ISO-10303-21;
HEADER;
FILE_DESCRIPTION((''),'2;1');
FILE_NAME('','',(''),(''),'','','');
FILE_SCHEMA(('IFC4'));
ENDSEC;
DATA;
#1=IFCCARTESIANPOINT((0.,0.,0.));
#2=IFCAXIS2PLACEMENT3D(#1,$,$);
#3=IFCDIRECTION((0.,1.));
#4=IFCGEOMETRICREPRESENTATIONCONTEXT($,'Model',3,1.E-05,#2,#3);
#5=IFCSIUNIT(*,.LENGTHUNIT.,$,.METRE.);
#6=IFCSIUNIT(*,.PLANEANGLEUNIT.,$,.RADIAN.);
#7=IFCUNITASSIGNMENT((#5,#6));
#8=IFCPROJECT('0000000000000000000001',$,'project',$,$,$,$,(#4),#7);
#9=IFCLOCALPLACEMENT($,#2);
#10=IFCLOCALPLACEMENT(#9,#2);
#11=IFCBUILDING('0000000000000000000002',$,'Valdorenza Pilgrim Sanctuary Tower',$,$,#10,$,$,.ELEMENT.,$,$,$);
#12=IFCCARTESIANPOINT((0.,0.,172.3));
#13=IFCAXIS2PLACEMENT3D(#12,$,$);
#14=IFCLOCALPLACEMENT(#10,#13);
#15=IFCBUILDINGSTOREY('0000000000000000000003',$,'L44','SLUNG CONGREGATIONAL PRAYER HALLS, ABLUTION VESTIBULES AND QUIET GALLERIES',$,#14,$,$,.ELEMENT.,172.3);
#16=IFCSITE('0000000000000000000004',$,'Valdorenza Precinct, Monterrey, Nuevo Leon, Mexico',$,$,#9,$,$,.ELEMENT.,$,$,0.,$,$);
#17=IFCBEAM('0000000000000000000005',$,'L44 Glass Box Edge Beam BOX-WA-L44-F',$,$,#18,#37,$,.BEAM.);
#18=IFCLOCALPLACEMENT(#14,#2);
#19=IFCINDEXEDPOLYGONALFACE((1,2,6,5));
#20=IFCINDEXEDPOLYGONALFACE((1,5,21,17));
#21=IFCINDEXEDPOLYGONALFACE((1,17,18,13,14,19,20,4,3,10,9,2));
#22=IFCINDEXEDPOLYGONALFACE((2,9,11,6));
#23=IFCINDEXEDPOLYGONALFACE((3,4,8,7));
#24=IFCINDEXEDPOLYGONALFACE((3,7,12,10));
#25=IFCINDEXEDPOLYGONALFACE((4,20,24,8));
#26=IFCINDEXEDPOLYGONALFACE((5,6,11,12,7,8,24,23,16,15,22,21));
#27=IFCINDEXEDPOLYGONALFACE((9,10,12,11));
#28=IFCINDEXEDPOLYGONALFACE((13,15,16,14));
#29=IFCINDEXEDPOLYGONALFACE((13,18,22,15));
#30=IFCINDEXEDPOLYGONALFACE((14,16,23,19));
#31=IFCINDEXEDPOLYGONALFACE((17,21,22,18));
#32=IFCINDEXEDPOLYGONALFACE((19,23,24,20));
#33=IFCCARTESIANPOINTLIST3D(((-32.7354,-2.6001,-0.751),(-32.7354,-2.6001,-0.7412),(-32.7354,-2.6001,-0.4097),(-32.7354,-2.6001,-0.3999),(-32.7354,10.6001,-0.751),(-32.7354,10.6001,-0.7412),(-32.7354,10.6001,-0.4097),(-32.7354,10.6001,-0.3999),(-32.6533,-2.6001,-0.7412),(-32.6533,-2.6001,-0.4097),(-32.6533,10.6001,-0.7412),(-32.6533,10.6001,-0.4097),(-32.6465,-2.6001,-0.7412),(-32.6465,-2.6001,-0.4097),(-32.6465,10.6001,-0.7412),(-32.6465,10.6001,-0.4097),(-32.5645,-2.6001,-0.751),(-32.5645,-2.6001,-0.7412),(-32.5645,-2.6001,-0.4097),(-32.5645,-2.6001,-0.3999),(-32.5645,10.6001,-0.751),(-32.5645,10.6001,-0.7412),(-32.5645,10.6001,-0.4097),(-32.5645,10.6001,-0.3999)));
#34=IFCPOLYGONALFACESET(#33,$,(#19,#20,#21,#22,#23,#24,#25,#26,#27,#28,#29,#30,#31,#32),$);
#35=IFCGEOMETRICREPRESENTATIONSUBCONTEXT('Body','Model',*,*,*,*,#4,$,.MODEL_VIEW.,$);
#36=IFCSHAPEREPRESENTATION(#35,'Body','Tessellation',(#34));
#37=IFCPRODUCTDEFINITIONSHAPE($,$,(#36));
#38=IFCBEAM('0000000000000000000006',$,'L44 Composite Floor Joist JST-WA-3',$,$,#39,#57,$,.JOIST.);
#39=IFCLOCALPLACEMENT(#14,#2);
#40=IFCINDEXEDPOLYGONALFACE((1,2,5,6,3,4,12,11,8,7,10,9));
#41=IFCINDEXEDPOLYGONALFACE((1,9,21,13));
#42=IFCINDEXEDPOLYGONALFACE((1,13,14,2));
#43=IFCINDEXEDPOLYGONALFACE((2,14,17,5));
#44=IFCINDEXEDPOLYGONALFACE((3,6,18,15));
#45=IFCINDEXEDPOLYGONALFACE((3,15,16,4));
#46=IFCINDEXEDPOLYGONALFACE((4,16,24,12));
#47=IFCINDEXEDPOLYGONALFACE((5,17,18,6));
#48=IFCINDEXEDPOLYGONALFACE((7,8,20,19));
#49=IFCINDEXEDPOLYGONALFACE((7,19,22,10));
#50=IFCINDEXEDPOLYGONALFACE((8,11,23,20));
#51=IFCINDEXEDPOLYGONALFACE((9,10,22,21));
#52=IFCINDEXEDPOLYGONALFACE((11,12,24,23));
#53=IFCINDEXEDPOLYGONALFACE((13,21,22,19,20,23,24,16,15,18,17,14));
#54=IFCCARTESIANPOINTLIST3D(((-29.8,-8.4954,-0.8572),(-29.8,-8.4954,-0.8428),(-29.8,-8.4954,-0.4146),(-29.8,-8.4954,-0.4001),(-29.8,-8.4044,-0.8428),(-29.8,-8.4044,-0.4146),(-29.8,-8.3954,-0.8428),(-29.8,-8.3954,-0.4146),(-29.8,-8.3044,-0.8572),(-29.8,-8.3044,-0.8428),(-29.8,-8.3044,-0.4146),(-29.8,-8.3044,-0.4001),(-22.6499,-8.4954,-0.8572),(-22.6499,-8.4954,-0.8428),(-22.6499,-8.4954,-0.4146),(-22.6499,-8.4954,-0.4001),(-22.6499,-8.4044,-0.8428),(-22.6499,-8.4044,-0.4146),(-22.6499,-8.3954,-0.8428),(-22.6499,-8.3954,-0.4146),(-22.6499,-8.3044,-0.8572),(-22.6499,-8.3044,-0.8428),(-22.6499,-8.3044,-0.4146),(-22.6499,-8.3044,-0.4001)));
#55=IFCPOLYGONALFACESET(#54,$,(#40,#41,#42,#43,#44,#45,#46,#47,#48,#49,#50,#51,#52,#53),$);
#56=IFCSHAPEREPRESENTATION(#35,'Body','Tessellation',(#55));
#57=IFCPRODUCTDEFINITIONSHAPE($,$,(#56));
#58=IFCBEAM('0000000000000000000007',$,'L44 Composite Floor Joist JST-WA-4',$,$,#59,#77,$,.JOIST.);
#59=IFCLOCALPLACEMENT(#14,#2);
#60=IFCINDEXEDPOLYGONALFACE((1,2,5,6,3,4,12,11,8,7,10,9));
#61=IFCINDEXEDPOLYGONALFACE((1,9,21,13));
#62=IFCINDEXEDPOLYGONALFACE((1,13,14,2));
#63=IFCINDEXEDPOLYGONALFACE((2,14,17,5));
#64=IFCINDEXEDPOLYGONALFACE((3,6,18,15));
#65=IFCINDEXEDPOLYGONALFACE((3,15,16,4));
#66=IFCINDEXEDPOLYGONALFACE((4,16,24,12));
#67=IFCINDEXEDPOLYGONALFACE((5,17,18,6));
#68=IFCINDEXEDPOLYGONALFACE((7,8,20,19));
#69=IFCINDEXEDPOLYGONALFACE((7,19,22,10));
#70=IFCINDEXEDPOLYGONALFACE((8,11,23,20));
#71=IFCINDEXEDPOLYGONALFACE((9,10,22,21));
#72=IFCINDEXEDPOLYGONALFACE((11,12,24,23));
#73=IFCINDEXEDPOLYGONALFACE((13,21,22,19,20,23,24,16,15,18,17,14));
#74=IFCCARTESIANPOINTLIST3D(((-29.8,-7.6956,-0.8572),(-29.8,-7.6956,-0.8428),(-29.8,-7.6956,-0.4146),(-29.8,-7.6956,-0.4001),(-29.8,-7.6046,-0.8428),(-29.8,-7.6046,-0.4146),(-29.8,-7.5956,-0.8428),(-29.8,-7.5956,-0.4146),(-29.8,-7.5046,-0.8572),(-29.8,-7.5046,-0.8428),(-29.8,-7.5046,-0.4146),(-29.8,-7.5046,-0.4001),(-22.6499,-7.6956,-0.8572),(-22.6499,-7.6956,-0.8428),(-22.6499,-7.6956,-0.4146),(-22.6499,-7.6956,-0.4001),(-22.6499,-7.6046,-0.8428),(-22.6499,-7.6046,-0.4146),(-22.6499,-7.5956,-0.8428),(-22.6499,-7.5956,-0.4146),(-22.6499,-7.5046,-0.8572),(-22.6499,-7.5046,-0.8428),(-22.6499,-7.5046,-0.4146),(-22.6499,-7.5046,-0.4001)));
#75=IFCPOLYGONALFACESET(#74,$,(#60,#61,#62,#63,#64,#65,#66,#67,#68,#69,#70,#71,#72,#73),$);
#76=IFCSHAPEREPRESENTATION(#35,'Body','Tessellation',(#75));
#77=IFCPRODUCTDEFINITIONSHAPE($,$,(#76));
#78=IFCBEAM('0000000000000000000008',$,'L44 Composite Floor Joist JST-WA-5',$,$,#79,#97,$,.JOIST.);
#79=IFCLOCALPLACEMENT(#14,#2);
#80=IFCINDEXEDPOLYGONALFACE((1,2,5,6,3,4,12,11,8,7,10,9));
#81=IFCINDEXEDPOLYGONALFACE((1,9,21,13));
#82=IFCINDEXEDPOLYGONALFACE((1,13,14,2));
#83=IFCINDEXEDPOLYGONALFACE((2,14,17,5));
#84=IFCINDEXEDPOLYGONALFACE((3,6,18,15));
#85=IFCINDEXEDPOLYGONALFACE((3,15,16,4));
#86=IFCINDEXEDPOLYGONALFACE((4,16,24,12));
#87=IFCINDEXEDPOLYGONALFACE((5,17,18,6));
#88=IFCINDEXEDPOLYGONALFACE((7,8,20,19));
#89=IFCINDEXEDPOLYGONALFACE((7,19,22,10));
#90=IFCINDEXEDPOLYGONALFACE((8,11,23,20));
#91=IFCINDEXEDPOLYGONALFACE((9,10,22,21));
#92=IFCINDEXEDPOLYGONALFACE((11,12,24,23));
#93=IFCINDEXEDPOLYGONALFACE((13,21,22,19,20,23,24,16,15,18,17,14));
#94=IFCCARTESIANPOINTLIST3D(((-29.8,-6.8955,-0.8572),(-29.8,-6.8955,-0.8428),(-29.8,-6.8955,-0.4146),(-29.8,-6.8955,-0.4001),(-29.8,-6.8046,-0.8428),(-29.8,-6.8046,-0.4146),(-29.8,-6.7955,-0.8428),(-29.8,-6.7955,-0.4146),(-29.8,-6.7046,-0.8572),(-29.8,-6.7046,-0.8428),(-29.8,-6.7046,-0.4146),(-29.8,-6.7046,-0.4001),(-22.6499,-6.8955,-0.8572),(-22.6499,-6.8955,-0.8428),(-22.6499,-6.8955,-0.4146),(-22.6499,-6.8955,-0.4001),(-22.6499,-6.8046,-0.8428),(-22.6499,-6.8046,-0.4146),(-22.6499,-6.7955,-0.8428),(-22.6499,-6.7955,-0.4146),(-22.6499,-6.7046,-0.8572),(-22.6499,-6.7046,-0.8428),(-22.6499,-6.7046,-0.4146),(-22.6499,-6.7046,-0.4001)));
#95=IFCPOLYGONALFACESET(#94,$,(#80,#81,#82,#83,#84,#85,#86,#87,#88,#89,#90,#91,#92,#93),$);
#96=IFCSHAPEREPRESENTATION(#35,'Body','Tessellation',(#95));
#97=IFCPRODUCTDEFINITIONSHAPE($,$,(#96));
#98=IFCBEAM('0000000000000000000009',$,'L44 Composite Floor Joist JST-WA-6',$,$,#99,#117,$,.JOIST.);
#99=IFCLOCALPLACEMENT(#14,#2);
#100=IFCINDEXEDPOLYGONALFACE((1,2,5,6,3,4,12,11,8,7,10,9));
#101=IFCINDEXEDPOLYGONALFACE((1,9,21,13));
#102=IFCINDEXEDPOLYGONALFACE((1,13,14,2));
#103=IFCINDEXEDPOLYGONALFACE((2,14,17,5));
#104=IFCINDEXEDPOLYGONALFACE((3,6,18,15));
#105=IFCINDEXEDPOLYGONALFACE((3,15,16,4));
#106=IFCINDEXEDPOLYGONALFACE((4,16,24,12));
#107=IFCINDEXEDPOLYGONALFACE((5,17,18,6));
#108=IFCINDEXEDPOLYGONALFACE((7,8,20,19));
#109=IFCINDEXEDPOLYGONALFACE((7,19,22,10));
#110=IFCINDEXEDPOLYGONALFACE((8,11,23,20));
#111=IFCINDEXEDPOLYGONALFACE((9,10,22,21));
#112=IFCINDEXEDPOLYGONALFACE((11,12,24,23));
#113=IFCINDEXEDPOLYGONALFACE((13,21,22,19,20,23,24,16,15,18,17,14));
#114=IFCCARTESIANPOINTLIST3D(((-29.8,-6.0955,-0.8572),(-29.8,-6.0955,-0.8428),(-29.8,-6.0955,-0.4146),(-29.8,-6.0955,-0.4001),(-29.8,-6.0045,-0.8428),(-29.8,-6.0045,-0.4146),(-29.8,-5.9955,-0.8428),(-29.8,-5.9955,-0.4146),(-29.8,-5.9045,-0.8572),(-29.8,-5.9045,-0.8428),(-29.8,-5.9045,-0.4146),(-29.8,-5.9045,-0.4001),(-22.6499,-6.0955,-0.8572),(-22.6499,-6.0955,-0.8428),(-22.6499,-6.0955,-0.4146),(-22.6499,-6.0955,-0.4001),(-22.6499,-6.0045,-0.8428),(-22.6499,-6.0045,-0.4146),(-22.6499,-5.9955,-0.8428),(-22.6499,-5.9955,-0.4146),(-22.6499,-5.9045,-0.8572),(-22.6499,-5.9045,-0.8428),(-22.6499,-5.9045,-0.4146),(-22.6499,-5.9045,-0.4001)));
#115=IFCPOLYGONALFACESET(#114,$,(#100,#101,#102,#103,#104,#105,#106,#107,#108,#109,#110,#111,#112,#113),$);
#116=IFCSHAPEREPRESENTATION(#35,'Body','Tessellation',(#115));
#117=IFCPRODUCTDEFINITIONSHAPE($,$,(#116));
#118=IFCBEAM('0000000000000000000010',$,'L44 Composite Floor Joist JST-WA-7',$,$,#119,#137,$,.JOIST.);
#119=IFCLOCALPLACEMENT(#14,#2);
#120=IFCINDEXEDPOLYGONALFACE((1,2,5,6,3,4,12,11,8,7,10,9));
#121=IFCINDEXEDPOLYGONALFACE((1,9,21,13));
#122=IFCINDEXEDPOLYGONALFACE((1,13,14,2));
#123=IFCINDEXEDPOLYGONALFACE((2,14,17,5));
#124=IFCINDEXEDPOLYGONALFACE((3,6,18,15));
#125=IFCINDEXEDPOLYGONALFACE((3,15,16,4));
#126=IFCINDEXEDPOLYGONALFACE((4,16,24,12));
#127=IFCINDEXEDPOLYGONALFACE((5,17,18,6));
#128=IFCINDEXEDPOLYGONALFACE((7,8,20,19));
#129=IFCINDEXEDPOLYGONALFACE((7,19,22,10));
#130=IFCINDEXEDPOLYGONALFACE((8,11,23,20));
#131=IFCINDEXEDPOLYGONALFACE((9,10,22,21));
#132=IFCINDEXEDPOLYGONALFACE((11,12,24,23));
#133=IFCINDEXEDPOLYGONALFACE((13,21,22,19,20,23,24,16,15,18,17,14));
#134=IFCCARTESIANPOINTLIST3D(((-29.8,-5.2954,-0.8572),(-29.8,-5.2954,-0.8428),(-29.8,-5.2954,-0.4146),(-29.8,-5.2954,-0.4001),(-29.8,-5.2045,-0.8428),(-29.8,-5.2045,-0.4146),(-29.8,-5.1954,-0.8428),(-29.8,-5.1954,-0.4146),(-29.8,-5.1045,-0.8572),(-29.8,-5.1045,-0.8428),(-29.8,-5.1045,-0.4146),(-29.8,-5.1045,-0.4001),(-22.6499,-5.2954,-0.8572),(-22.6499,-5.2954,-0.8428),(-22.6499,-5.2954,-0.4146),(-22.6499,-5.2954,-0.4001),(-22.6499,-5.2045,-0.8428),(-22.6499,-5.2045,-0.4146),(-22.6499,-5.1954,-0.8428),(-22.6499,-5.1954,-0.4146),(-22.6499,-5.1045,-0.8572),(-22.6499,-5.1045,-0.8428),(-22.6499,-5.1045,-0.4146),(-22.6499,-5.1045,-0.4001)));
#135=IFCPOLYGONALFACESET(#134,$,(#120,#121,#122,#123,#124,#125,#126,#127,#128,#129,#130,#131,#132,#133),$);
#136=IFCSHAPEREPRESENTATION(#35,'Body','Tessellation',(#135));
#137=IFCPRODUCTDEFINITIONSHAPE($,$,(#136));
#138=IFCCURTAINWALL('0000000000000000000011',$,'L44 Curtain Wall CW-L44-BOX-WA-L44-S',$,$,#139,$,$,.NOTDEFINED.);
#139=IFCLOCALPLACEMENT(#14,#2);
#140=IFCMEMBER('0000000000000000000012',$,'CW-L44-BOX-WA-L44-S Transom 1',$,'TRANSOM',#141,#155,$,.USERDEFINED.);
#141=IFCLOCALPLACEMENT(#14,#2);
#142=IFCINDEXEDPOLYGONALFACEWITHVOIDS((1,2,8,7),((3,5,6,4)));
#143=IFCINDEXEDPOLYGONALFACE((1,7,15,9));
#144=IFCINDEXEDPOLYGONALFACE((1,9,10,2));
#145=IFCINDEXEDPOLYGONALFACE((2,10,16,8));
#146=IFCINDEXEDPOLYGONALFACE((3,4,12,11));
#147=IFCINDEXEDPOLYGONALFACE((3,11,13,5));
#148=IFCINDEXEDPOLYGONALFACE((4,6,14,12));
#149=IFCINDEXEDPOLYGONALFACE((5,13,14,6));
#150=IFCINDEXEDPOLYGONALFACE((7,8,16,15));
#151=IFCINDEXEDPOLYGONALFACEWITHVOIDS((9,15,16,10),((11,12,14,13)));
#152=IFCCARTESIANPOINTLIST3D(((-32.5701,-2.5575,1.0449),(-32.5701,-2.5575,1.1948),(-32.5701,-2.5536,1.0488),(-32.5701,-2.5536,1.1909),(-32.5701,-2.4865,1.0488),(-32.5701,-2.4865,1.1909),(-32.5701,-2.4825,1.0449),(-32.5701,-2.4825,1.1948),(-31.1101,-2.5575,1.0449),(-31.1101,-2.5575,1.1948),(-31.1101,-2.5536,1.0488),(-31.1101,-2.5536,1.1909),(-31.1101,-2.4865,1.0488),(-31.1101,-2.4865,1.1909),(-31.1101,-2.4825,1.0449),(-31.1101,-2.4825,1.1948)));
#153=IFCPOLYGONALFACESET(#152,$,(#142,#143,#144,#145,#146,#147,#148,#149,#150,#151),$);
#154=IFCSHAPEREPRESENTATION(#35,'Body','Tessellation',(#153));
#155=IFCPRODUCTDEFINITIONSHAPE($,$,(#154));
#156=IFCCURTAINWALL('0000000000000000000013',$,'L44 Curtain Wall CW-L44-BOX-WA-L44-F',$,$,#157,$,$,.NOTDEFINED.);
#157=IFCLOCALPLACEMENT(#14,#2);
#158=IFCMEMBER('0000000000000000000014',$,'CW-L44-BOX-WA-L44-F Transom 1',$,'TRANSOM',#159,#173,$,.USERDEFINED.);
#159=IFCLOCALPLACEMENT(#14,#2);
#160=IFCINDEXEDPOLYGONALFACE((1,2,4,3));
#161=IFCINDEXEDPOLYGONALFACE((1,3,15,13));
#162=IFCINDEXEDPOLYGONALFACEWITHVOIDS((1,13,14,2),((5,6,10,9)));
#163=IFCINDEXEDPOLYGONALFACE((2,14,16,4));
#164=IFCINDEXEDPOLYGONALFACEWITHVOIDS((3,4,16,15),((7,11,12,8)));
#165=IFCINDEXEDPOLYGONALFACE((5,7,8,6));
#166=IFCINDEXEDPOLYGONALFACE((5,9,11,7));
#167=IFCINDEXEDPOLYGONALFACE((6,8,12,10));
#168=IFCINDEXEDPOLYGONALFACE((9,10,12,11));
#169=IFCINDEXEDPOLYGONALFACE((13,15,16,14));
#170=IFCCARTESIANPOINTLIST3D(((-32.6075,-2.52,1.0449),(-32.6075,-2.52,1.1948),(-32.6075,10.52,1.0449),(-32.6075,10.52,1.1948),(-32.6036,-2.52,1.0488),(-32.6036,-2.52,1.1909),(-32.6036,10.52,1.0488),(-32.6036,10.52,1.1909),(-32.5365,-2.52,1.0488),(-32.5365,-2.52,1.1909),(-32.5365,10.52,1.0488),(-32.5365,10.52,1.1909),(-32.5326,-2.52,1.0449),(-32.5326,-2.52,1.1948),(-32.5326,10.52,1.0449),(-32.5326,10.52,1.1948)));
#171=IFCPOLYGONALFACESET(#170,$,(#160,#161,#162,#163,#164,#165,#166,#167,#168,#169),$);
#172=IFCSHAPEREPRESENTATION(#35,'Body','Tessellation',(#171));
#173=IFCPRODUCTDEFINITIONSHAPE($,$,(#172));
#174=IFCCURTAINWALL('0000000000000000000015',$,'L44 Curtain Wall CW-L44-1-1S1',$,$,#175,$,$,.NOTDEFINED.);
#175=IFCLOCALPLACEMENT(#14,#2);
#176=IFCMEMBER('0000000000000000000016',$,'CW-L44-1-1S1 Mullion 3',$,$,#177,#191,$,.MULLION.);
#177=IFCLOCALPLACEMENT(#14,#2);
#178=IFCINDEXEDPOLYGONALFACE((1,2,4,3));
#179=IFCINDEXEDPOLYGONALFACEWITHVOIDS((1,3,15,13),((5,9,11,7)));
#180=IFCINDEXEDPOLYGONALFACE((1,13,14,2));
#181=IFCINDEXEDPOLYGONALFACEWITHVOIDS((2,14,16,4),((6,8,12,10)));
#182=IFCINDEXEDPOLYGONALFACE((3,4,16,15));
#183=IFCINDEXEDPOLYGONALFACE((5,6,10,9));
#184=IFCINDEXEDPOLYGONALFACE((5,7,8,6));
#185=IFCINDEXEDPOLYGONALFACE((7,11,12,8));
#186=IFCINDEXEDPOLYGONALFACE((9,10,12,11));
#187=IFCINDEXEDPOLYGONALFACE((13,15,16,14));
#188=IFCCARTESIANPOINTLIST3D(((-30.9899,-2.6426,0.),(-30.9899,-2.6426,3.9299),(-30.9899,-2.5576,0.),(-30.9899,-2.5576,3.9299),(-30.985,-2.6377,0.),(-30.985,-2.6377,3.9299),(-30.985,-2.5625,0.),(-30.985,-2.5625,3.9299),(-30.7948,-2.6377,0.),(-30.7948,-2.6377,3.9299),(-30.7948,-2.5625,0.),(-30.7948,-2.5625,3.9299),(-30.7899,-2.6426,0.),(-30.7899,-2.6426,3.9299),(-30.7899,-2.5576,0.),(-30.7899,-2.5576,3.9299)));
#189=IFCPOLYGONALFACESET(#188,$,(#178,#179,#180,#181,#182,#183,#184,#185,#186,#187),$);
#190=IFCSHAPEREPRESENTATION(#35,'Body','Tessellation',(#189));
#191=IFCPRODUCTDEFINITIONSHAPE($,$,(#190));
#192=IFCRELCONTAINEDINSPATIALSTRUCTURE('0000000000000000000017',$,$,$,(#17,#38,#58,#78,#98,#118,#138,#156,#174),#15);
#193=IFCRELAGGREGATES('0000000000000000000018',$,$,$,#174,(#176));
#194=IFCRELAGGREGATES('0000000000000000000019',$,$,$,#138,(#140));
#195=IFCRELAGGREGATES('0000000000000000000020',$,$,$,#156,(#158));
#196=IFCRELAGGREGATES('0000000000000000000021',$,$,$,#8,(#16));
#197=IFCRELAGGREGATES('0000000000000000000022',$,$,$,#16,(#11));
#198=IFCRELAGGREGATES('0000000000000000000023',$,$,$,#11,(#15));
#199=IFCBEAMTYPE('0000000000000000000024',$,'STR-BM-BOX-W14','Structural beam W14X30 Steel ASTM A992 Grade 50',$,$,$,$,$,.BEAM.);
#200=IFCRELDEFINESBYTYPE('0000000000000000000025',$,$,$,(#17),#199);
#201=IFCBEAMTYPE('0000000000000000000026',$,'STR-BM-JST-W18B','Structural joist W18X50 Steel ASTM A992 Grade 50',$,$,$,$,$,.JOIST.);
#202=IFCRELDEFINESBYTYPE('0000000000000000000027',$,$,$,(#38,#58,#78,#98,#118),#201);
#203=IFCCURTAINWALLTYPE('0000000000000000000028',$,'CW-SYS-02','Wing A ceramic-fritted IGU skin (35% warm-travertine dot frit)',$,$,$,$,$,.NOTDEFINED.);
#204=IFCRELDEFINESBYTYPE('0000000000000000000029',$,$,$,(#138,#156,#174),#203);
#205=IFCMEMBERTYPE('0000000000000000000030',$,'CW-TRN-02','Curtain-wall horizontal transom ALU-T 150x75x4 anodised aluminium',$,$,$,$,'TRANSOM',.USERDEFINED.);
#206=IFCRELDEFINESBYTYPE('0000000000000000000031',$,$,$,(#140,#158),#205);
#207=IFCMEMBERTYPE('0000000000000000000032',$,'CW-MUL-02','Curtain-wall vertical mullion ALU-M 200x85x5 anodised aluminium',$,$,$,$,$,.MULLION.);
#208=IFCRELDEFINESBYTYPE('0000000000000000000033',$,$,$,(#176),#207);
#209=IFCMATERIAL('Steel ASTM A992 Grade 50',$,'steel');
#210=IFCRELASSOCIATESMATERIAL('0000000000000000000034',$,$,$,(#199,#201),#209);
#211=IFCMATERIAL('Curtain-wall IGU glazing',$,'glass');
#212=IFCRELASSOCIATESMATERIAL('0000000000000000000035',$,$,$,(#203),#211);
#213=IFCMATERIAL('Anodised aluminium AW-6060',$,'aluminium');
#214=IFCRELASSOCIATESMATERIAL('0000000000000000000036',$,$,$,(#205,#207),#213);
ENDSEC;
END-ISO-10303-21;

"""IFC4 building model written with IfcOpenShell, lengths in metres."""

from ifc_helpers import new_model, si_unit, direction, frame, origin, origin_2d, place, context, subcontext, project, spatial, hollow_rectangle, i_section, extrude, source, transform, mapped, material, material_profile, profile_set, type_object, element, aggregate, save


model = new_model("IFC4")

# Units and contexts
model_context = context("Model", 3, precision=1e-05, world=origin(), true_north=direction((0.0, 1.0)))
body_context = subcontext(model_context, "Body", "Model", "MODEL_VIEW")
ifc_project = project(units=[si_unit("LENGTHUNIT", "METRE"), si_unit("PLANEANGLEUNIT", "RADIAN")], contexts=[model_context])

# Site, building, storey
site_placement = place(None, origin())
site = spatial("IfcSite", under=ifc_project, at=site_placement, Name="Valdorenza Precinct, Monterrey, Nuevo Leon, Mexico", CompositionType="ELEMENT", RefElevation=0.0)
building_placement = place(site_placement, origin())
building = spatial("IfcBuilding", under=site, at=building_placement, Name="Valdorenza Pilgrim Sanctuary Tower", CompositionType="ELEMENT")
storey_placement = place(building_placement, frame((0.0, 0.0, 172.3)))
storey = spatial("IfcBuildingStorey", under=building, at=storey_placement, Name="L44", Description="SLUNG CONGREGATIONAL PRAYER HALLS, ABLUTION VESTIBULES AND QUIET GALLERIES", CompositionType="ELEMENT", Elevation=172.3)

# Beams
ifc_material_1 = material(Name="Steel ASTM A992 Grade 50", Category="steel")
ifc_material_profile_1 = material_profile(ifc_material_1, i_section(OverallWidth=0.1709, OverallDepth=0.3511, WebThickness=0.0068, FlangeThickness=0.0098, at=origin_2d()), Name="W14X30")
ifc_profile_set_1 = profile_set([ifc_material_profile_1], Name="Steel ASTM A992 Grade 50")
beam_type_1 = type_object("IfcBeamType", Name="STR-BM-BOX-W14", Description="Structural beam W14X30 Steel ASTM A992 Grade 50", PredefinedType="BEAM", material=ifc_profile_set_1)
shared_shape_1 = source(origin(), body_context, "Body", "SweptSolid", [
    extrude(i_section(OverallWidth=0.1709, OverallDepth=0.3511, WebThickness=0.0068, FlangeThickness=0.0098, at=origin_2d()), origin(), (0.0, 0.0, 1.0), 13.2002),
])
beam_placement = place(storey_placement, frame((-32.6499, -2.6001, -0.5754), z_axis=(0.0, 1.0, 0.0), x_axis=(-1.0, 0.0, 0.0)))
element("IfcBeam", 1, at=beam_placement, inside=storey, type_object=beam_type_1, Name="L44 Glass Box Edge Beam BOX-WA-L44-F", PredefinedType="BEAM", context=body_context, shape_type="MappedRepresentation", body=[
    mapped(shared_shape_1, transform((0.0, 0.0, 0.0), x_axis=(1.0, 0.0, 0.0), y_axis=(0.0, 1.0, 0.0), z_axis=(0.0, 0.0, 1.0), scale=1.0)),
])
ifc_material_profile_2 = material_profile(ifc_material_1, i_section(OverallWidth=0.1909, OverallDepth=0.457, WebThickness=0.009, FlangeThickness=0.0144, at=origin_2d()), Name="W18X50")
ifc_profile_set_2 = profile_set([ifc_material_profile_2], Name="Steel ASTM A992 Grade 50")
beam_type_2 = type_object("IfcBeamType", Name="STR-BM-JST-W18B", Description="Structural joist W18X50 Steel ASTM A992 Grade 50", PredefinedType="JOIST", material=ifc_profile_set_2)
shared_shape_2 = source(origin(), body_context, "Body", "SweptSolid", [
    extrude(i_section(OverallWidth=0.1909, OverallDepth=0.457, WebThickness=0.009, FlangeThickness=0.0144, at=origin_2d()), origin(), (0.0, 0.0, 1.0), 7.1501),
])
for number, where, z_axis, x_axis, name in (
    (2, (-29.8, -8.3999, -0.6287), (1.0, 0.0, 0.0), (0.0, 1.0, 0.0), "L44 Composite Floor Joist JST-WA-3"),
    (3, (-29.8, -7.6001, -0.6287), (1.0, 0.0, 0.0), (0.0, 1.0, 0.0), "L44 Composite Floor Joist JST-WA-4"),
    (4, (-29.8, -6.8, -0.6287), (1.0, 0.0, 0.0), (0.0, 1.0, 0.0), "L44 Composite Floor Joist JST-WA-5"),
    (5, (-29.8, -6.0, -0.6287), (1.0, 0.0, 0.0), (0.0, 1.0, 0.0), "L44 Composite Floor Joist JST-WA-6"),
    (6, (-29.8, -5.2, -0.6287), (1.0, 0.0, 0.0), (0.0, 1.0, 0.0), "L44 Composite Floor Joist JST-WA-7"),
):
    element("IfcBeam", number, at=place(storey_placement, frame(where, z_axis=z_axis, x_axis=x_axis)), inside=storey, type_object=beam_type_2, Name=name, PredefinedType="JOIST", context=body_context, shape_type="MappedRepresentation", body=[
        mapped(shared_shape_2, transform((0.0, 0.0, 0.0), x_axis=(1.0, 0.0, 0.0), y_axis=(0.0, 1.0, 0.0), z_axis=(0.0, 0.0, 1.0), scale=1.0)),
    ])

# Curtain walls, members
ifc_material_2 = material(Name="Curtain-wall IGU glazing", Category="glass")
curtain_wall_type = type_object("IfcCurtainWallType", Name="CW-SYS-02", Description="Wing A ceramic-fritted IGU skin (35% warm-travertine dot frit)", PredefinedType="NOTDEFINED", material=ifc_material_2)
curtain_wall_1_placement = place(storey_placement, origin())
curtain_wall_1 = element("IfcCurtainWall", 7, at=curtain_wall_1_placement, inside=storey, type_object=curtain_wall_type, Name="L44 Curtain Wall CW-L44-BOX-WA-L44-S", PredefinedType="NOTDEFINED")
ifc_material_3 = material(Name="Anodised aluminium AW-6060", Category="aluminium")
ifc_material_profile_3 = material_profile(ifc_material_3, hollow_rectangle(XDim=0.075, YDim=0.1499, WallThickness=0.0039, at=origin_2d()), Name="ALU-T 150x75x4")
ifc_profile_set_3 = profile_set([ifc_material_profile_3], Name="Anodised aluminium AW-6060")
member_type_1 = type_object("IfcMemberType", Name="CW-TRN-02", Description="Curtain-wall horizontal transom ALU-T 150x75x4 anodised aluminium", ElementType="TRANSOM", PredefinedType="USERDEFINED", material=ifc_profile_set_3)
shared_shape_3 = source(origin(), body_context, "Body", "SweptSolid", [
    extrude(hollow_rectangle(XDim=0.075, YDim=0.1499, WallThickness=0.0039, at=origin_2d()), origin(), (0.0, 0.0, 1.0), 1.46),
])
member_1_placement = place(storey_placement, frame((-31.1101, -2.52, 1.1199), z_axis=(-1.0, 0.0, 0.0), x_axis=(0.0, -1.0, 0.0)))
member_1 = element("IfcMember", 8, at=member_1_placement, type_object=member_type_1, Name="CW-L44-BOX-WA-L44-S Transom 1", ObjectType="TRANSOM", PredefinedType="USERDEFINED", context=body_context, shape_type="MappedRepresentation", body=[
    mapped(shared_shape_3, transform((0.0, 0.0, 0.0), x_axis=(1.0, 0.0, 0.0), y_axis=(0.0, 1.0, 0.0), z_axis=(0.0, 0.0, 1.0), scale=1.0)),
])
curtain_wall_2_placement = place(storey_placement, origin())
curtain_wall_2 = element("IfcCurtainWall", 9, at=curtain_wall_2_placement, inside=storey, type_object=curtain_wall_type, Name="L44 Curtain Wall CW-L44-BOX-WA-L44-F", PredefinedType="NOTDEFINED")
shared_shape_4 = source(origin(), body_context, "Body", "SweptSolid", [
    extrude(hollow_rectangle(XDim=0.075, YDim=0.1499, WallThickness=0.0039, at=origin_2d()), origin(), (0.0, 0.0, 1.0), 13.04),
])
member_2_placement = place(storey_placement, frame((-32.5701, -2.52, 1.1199), z_axis=(0.0, 1.0, 0.0), x_axis=(-1.0, 0.0, 0.0)))
member_2 = element("IfcMember", 10, at=member_2_placement, type_object=member_type_1, Name="CW-L44-BOX-WA-L44-F Transom 1", ObjectType="TRANSOM", PredefinedType="USERDEFINED", context=body_context, shape_type="MappedRepresentation", body=[
    mapped(shared_shape_4, transform((0.0, 0.0, 0.0), x_axis=(1.0, 0.0, 0.0), y_axis=(0.0, 1.0, 0.0), z_axis=(0.0, 0.0, 1.0), scale=1.0)),
])
curtain_wall_3_placement = place(storey_placement, origin())
curtain_wall_3 = element("IfcCurtainWall", 11, at=curtain_wall_3_placement, inside=storey, type_object=curtain_wall_type, Name="L44 Curtain Wall CW-L44-1-1S1", PredefinedType="NOTDEFINED")
ifc_material_profile_4 = material_profile(ifc_material_3, hollow_rectangle(XDim=0.085, YDim=0.2, WallThickness=0.0049, at=origin_2d()), Name="ALU-M 200x85x5")
ifc_profile_set_4 = profile_set([ifc_material_profile_4], Name="Anodised aluminium AW-6060")
member_type_2 = type_object("IfcMemberType", Name="CW-MUL-02", Description="Curtain-wall vertical mullion ALU-M 200x85x5 anodised aluminium", PredefinedType="MULLION", material=ifc_profile_set_4)
shared_shape_5 = source(origin(), body_context, "Body", "SweptSolid", [
    extrude(hollow_rectangle(XDim=0.085, YDim=0.2, WallThickness=0.0049, at=origin_2d()), origin(), (0.0, 0.0, 1.0), 3.9299),
])
member_3_placement = place(storey_placement, frame((-30.8899, -2.6001, 0.0), z_axis=(0.0, 0.0, 1.0), x_axis=(0.0, 1.0, 0.0)))
member_3 = element("IfcMember", 12, at=member_3_placement, type_object=member_type_2, Name="CW-L44-1-1S1 Mullion 3", PredefinedType="MULLION", context=body_context, shape_type="MappedRepresentation", body=[
    mapped(shared_shape_5, transform((0.0, 0.0, 0.0), x_axis=(1.0, 0.0, 0.0), y_axis=(0.0, 1.0, 0.0), z_axis=(0.0, 0.0, 1.0), scale=1.0)),
])

aggregate(curtain_wall_3, [member_3])
aggregate(curtain_wall_1, [member_1])
aggregate(curtain_wall_2, [member_2])

save(model, "model.ifc")
